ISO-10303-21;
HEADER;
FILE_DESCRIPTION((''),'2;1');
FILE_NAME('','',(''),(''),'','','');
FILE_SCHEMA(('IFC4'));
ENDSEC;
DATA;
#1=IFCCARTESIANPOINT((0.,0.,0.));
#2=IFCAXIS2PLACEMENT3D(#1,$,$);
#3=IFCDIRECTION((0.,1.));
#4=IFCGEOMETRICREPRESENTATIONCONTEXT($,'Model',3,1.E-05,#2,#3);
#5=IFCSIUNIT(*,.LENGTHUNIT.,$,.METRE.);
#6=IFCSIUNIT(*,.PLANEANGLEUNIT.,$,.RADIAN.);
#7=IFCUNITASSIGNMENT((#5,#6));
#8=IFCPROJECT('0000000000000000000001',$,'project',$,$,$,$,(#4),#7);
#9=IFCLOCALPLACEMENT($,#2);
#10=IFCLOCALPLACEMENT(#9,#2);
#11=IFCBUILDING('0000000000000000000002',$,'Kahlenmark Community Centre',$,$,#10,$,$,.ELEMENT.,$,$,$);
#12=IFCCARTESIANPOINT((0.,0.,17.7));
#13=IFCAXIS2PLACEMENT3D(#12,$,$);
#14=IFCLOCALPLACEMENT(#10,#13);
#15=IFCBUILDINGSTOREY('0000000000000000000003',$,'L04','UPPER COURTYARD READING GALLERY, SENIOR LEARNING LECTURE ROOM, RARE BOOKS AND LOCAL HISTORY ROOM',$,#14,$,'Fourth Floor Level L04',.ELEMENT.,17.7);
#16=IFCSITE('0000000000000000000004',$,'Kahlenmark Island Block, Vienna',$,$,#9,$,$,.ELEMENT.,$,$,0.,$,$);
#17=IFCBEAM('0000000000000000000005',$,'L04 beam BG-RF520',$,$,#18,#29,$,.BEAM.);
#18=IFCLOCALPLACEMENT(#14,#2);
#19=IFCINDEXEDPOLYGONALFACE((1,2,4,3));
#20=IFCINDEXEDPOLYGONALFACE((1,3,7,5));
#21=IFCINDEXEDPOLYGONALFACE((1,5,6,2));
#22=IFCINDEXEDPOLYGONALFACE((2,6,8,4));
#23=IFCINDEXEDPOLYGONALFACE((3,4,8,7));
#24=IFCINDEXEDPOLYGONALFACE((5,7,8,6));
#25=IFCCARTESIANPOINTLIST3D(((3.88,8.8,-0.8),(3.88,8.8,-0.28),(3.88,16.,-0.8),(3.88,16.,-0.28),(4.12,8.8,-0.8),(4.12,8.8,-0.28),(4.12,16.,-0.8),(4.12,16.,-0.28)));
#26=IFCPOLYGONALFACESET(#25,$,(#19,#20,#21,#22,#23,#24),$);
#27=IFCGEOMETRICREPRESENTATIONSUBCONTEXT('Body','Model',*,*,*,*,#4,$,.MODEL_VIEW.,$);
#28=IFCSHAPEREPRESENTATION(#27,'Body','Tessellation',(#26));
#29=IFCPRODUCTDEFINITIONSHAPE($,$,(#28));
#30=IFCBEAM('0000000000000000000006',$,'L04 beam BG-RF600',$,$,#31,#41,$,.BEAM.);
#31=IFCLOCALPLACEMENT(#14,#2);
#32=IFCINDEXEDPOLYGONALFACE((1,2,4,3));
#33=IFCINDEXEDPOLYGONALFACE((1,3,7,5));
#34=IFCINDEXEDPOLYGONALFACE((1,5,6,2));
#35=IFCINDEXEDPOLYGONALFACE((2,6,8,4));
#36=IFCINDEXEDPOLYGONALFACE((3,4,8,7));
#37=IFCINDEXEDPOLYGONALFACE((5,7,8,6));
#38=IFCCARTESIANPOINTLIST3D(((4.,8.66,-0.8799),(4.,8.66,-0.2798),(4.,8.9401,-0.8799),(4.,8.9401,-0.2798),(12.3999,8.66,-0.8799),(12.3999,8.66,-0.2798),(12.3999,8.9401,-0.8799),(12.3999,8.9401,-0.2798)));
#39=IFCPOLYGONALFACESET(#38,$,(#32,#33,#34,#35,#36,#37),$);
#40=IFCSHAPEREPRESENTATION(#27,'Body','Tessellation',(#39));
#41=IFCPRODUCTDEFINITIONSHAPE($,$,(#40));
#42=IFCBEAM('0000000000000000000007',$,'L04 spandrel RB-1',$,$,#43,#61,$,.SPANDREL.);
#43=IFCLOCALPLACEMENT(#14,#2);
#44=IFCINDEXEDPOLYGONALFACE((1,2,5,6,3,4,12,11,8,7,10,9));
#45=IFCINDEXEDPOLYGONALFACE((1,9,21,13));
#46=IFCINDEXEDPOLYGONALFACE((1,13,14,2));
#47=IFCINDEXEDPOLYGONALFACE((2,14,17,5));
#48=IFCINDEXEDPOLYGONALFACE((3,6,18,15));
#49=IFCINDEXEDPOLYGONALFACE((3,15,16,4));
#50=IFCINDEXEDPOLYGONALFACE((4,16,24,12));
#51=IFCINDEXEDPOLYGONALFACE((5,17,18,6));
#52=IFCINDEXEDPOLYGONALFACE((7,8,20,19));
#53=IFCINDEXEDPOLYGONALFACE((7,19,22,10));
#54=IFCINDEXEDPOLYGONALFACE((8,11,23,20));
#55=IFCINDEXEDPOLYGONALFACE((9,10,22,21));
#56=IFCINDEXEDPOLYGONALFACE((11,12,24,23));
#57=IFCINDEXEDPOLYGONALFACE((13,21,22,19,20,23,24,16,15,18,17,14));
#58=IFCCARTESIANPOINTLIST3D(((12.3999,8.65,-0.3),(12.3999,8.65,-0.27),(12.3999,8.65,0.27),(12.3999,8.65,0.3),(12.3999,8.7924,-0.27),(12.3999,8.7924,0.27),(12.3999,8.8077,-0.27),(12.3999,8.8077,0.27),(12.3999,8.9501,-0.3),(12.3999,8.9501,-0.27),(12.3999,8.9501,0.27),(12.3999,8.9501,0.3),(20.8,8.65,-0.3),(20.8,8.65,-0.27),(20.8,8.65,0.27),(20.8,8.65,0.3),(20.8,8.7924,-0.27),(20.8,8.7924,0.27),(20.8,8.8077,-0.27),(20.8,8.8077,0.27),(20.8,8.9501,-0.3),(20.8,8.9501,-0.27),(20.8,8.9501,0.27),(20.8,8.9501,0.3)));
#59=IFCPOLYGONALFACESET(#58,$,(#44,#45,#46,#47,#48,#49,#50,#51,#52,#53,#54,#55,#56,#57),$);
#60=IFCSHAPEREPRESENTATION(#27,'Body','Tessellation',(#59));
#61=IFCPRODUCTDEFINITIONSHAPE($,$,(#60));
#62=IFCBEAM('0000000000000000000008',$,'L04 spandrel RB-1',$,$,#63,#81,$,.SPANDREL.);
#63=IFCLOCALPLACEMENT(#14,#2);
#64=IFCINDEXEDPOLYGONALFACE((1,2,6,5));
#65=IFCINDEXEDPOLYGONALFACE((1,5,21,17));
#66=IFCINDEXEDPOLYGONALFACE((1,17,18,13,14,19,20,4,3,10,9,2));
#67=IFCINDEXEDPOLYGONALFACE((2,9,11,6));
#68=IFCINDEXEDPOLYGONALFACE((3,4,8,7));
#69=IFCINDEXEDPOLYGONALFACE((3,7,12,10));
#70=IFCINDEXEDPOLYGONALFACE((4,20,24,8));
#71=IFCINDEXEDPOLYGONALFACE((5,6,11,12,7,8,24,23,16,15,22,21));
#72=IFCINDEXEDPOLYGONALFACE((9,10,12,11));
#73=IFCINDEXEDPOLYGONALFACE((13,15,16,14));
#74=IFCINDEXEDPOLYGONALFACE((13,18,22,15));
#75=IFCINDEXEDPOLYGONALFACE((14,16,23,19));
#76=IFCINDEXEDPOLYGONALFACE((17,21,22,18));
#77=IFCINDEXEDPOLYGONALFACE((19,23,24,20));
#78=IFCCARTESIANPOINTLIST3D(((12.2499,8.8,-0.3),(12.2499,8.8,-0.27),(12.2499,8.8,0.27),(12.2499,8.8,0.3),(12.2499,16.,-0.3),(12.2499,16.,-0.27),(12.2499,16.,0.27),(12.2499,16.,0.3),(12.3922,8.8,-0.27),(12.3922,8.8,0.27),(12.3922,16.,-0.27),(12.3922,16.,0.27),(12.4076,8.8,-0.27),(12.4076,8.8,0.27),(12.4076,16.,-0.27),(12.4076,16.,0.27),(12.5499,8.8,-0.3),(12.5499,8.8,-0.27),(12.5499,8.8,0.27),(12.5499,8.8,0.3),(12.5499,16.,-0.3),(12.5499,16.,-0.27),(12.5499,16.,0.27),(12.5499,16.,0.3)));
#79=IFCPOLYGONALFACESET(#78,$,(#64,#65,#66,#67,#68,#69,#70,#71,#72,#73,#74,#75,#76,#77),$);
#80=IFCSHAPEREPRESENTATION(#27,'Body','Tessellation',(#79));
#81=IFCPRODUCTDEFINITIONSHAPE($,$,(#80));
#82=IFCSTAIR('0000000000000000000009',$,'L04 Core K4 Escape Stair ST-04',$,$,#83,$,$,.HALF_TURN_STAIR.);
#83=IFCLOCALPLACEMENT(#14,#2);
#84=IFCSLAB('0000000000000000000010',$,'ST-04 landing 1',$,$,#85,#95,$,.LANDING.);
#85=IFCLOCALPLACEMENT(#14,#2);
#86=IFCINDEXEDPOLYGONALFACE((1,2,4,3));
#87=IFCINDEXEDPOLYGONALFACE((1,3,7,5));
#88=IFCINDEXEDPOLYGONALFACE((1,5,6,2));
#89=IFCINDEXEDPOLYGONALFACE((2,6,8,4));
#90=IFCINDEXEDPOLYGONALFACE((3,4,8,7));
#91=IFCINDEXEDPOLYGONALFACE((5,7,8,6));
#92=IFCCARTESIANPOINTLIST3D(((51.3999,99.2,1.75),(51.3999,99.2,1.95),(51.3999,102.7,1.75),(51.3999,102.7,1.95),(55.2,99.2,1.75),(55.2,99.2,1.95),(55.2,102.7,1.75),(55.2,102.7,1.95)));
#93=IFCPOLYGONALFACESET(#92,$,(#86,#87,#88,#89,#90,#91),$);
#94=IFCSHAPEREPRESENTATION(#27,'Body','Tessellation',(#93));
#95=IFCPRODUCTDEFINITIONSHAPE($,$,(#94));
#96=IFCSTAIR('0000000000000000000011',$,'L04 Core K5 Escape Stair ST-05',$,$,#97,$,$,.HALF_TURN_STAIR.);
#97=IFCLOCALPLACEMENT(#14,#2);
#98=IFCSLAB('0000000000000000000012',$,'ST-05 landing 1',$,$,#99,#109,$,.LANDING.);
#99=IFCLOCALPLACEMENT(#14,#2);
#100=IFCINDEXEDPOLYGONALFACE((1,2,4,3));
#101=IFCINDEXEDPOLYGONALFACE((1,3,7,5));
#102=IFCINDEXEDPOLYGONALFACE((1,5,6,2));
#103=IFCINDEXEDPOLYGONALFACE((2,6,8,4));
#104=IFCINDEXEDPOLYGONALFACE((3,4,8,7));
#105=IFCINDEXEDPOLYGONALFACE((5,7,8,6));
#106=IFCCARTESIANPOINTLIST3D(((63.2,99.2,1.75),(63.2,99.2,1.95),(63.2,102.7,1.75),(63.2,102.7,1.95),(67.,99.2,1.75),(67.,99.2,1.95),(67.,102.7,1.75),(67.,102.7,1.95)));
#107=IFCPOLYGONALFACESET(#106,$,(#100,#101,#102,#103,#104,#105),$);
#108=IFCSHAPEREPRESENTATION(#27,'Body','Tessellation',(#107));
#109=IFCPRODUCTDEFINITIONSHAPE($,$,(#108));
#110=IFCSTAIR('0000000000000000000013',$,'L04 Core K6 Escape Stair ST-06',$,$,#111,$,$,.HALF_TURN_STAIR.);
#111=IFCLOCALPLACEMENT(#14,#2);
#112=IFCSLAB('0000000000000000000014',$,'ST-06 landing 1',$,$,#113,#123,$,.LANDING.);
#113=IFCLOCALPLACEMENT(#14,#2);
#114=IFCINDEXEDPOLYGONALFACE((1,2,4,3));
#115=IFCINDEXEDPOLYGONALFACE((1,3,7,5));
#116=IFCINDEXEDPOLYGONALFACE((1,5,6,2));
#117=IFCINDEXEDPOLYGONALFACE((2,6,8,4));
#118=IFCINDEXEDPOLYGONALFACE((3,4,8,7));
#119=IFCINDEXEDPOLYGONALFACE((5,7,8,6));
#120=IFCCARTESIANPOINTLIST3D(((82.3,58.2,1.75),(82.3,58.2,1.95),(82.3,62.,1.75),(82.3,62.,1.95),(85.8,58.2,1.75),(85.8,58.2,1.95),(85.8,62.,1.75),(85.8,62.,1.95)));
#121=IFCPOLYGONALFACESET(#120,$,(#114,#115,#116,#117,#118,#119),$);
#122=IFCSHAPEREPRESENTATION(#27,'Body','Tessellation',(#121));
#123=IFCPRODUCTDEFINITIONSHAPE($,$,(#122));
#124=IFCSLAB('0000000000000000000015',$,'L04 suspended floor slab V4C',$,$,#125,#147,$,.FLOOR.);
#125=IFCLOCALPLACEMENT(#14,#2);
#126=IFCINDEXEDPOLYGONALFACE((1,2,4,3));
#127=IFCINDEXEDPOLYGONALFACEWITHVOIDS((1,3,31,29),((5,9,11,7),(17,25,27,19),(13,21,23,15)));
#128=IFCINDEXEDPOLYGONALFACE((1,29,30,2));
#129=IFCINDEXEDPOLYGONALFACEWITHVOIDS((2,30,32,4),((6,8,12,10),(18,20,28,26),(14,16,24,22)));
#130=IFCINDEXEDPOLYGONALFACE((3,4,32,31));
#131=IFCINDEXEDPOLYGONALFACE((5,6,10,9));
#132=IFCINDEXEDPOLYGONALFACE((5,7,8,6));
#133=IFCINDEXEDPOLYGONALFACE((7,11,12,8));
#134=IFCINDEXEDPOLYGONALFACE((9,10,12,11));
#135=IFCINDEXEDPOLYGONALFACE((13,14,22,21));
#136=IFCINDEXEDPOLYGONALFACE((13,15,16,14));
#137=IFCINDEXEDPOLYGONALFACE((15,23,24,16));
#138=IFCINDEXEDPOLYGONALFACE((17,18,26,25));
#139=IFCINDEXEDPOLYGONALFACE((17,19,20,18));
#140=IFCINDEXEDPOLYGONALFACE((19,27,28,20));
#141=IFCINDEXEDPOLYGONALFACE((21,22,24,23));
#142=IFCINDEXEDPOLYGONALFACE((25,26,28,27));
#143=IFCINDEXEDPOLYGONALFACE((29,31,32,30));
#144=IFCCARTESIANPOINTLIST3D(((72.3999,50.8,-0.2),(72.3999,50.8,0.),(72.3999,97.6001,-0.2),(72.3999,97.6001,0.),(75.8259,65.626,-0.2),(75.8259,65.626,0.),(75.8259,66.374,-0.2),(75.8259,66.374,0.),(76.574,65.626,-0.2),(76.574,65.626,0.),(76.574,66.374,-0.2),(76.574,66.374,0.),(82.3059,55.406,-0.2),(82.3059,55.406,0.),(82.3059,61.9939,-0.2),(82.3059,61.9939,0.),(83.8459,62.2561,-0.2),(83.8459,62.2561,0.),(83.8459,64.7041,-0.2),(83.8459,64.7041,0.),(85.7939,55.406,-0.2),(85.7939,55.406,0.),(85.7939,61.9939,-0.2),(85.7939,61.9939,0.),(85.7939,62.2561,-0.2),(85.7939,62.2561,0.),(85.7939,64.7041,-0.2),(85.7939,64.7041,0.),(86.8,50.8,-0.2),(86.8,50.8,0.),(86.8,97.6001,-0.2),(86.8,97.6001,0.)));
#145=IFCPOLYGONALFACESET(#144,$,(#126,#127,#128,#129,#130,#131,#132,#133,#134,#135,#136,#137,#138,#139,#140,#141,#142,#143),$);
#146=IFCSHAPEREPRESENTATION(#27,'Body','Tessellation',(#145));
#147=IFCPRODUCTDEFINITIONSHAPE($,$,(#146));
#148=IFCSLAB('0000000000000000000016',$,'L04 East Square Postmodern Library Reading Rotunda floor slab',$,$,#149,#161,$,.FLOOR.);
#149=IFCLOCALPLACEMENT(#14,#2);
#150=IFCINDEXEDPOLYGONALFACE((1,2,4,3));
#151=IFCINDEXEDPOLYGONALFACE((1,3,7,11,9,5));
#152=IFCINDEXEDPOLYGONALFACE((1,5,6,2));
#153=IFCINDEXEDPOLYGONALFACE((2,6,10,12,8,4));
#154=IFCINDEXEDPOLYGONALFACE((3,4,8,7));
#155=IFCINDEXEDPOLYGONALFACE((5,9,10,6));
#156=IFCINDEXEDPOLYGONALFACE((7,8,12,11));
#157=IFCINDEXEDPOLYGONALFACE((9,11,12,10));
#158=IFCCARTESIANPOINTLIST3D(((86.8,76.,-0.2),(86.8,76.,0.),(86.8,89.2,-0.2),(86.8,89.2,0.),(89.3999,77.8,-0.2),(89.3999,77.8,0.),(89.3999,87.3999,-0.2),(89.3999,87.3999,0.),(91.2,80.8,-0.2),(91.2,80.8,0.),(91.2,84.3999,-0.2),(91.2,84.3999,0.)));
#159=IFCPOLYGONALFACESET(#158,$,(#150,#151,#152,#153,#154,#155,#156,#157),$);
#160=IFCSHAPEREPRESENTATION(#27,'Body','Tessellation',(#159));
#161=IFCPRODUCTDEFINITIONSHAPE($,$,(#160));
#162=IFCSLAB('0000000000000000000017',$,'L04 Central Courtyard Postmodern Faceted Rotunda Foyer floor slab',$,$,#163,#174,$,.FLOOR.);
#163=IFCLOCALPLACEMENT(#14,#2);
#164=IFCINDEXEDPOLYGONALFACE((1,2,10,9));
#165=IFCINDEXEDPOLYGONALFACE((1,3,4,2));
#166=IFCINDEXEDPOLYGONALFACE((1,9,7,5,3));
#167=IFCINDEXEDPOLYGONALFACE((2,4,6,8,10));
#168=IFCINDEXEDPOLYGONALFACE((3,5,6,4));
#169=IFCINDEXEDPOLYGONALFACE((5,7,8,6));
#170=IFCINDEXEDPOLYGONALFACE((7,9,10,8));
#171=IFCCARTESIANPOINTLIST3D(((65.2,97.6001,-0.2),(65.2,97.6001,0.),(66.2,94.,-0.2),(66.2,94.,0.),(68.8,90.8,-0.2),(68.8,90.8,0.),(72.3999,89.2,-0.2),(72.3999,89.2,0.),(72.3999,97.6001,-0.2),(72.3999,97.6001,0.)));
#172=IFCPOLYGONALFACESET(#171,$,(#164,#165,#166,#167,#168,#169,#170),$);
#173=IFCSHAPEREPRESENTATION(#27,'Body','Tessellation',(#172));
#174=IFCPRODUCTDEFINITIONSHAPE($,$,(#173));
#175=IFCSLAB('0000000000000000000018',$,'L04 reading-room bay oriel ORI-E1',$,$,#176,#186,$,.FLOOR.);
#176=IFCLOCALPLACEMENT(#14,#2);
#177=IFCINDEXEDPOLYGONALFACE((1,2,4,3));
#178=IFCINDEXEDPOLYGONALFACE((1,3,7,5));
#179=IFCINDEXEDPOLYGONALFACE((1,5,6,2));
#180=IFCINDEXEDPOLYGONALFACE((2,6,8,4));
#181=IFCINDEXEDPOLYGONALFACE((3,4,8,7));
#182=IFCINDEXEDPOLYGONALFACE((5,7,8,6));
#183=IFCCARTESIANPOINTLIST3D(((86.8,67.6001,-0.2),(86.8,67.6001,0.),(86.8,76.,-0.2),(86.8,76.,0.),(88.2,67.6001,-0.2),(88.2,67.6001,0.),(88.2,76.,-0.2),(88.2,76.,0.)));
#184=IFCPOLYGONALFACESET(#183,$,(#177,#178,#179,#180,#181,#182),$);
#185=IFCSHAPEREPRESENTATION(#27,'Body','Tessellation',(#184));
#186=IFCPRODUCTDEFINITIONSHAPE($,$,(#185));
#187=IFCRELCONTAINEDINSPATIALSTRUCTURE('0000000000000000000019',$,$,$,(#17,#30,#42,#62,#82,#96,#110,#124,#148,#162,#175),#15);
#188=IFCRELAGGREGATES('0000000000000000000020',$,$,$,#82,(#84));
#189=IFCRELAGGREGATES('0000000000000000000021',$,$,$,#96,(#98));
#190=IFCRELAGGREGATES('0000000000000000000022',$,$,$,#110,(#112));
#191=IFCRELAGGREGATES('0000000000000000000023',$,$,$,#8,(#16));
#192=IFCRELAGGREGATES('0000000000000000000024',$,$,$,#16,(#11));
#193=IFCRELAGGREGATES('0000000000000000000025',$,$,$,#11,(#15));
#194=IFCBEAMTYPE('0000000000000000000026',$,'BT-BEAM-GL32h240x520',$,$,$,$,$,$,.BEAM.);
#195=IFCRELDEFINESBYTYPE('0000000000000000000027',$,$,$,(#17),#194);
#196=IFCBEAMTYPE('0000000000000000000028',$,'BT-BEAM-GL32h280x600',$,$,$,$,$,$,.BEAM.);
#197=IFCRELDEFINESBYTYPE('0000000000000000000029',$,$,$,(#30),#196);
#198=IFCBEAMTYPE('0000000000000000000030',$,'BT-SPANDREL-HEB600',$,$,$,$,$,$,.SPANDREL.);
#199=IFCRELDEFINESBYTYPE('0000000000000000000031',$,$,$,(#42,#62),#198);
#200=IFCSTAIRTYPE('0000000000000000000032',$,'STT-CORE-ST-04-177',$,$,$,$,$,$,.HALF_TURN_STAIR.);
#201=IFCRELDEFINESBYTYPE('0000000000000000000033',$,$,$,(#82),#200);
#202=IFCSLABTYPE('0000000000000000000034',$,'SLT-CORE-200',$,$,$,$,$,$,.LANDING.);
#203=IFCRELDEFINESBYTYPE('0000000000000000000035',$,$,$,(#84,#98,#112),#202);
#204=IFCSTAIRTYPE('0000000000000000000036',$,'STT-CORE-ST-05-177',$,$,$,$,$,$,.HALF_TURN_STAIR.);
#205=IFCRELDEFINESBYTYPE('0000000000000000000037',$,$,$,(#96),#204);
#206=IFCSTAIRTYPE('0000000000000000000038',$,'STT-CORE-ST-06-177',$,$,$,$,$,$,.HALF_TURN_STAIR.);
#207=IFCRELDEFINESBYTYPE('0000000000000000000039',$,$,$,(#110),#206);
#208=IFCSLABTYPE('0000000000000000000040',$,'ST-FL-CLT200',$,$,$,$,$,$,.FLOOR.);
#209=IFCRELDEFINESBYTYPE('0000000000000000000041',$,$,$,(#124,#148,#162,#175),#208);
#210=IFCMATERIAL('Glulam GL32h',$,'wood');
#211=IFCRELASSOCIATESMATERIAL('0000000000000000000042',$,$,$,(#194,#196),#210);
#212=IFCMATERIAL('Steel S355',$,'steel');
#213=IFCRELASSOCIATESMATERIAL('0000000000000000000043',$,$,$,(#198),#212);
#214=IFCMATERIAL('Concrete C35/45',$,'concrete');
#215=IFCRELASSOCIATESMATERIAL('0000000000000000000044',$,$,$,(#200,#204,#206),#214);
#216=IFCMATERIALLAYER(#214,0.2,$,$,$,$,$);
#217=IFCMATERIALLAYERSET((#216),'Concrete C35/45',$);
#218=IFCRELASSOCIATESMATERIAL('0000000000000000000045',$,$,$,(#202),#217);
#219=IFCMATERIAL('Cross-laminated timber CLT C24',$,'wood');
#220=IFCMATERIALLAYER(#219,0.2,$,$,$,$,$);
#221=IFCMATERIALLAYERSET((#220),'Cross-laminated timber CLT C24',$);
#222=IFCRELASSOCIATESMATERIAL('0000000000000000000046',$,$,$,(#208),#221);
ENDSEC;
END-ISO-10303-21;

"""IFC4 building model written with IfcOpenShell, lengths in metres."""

from ifc_helpers import new_model, si_unit, direction, frame, origin, origin_2d, place, context, subcontext, project, spatial, polyline, rectangle, i_section, outline, extrude, material, layer, layer_set, material_profile, profile_set, type_object, element, aggregate, save


model = new_model("IFC4")

# Units and contexts
model_context = context("Model", 3, precision=1e-05, world=origin(), true_north=direction((0.0, 1.0)))
body_context = subcontext(model_context, "Body", "Model", "MODEL_VIEW")
ifc_project = project(units=[si_unit("LENGTHUNIT", "METRE"), si_unit("PLANEANGLEUNIT", "RADIAN")], contexts=[model_context])

# Site, building, storey
site_placement = place(None, origin())
site = spatial("IfcSite", under=ifc_project, at=site_placement, Name="Kahlenmark Island Block, Vienna", CompositionType="ELEMENT", RefElevation=0.0)
building_placement = place(site_placement, origin())
building = spatial("IfcBuilding", under=site, at=building_placement, Name="Kahlenmark Community Centre", CompositionType="ELEMENT")
storey_placement = place(building_placement, frame((0.0, 0.0, 17.7)))
storey = spatial("IfcBuildingStorey", under=building, at=storey_placement, Name="L04", Description="UPPER COURTYARD READING GALLERY, SENIOR LEARNING LECTURE ROOM, RARE BOOKS AND LOCAL HISTORY ROOM", LongName="Fourth Floor Level L04", CompositionType="ELEMENT", Elevation=17.7)

# Beams
ifc_material_1 = material(Name="Glulam GL32h", Category="wood")
ifc_material_profile_1 = material_profile(ifc_material_1, rectangle(XDim=0.24, YDim=0.52, at=origin_2d()), Name="GL32h 240x520")
ifc_profile_set_1 = profile_set([ifc_material_profile_1], Name="Glulam GL32h")
beam_type_1 = type_object("IfcBeamType", Name="BT-BEAM-GL32h240x520", PredefinedType="BEAM", material=ifc_profile_set_1)
beam_1_placement = place(storey_placement, frame((4.0, 8.8, -0.54), z_axis=(0.0, 1.0, 0.0), x_axis=(-1.0, 0.0, 0.0)))
element("IfcBeam", 1, at=beam_1_placement, inside=storey, type_object=beam_type_1, Name="L04 beam BG-RF520", PredefinedType="BEAM", context=body_context, shape_type="SweptSolid", body=[
    extrude(rectangle(XDim=0.24, YDim=0.52, at=origin_2d()), origin(), (0.0, 0.0, 1.0), 7.2),
])
ifc_material_profile_2 = material_profile(ifc_material_1, rectangle(XDim=0.28, YDim=0.6001, at=origin_2d()), Name="GL32h 280x600")
ifc_profile_set_2 = profile_set([ifc_material_profile_2], Name="Glulam GL32h")
beam_type_2 = type_object("IfcBeamType", Name="BT-BEAM-GL32h280x600", PredefinedType="BEAM", material=ifc_profile_set_2)
beam_2_placement = place(storey_placement, frame((4.0, 8.8, -0.5798), z_axis=(1.0, 0.0, 0.0), x_axis=(0.0, 1.0, 0.0)))
element("IfcBeam", 2, at=beam_2_placement, inside=storey, type_object=beam_type_2, Name="L04 beam BG-RF600", PredefinedType="BEAM", context=body_context, shape_type="SweptSolid", body=[
    extrude(rectangle(XDim=0.28, YDim=0.6001, at=origin_2d()), origin(), (0.0, 0.0, 1.0), 8.3999),
])
ifc_material_2 = material(Name="Steel S355", Category="steel")
ifc_material_profile_3 = material_profile(ifc_material_2, i_section(OverallWidth=0.3, OverallDepth=0.6001, WebThickness=0.0154, FlangeThickness=0.03, at=origin_2d()), Name="HEB 600")
ifc_profile_set_3 = profile_set([ifc_material_profile_3], Name="Steel S355")
beam_type_3 = type_object("IfcBeamType", Name="BT-SPANDREL-HEB600", PredefinedType="SPANDREL", material=ifc_profile_set_3)
beam_3_placement = place(storey_placement, frame((12.3999, 8.8, 0.0), z_axis=(1.0, 0.0, 0.0), x_axis=(0.0, 1.0, 0.0)))
element("IfcBeam", 3, at=beam_3_placement, inside=storey, type_object=beam_type_3, Name="L04 spandrel RB-1", PredefinedType="SPANDREL", context=body_context, shape_type="SweptSolid", body=[
    extrude(i_section(OverallWidth=0.3, OverallDepth=0.6001, WebThickness=0.0154, FlangeThickness=0.03, at=origin_2d()), origin(), (0.0, 0.0, 1.0), 8.4001),
])
beam_4_placement = place(storey_placement, frame((12.3999, 8.8, 0.0), z_axis=(0.0, 1.0, 0.0), x_axis=(-1.0, 0.0, 0.0)))
element("IfcBeam", 4, at=beam_4_placement, inside=storey, type_object=beam_type_3, Name="L04 spandrel RB-1", PredefinedType="SPANDREL", context=body_context, shape_type="SweptSolid", body=[
    extrude(i_section(OverallWidth=0.3, OverallDepth=0.6001, WebThickness=0.0154, FlangeThickness=0.03, at=origin_2d()), origin(), (0.0, 0.0, 1.0), 7.2),
])

# Stairs, slabs
ifc_material_3 = material(Name="Concrete C35/45", Category="concrete")
stair_type_1 = type_object("IfcStairType", Name="STT-CORE-ST-04-177", PredefinedType="HALF_TURN_STAIR", material=ifc_material_3)
stair_1_placement = place(storey_placement, origin())
stair_1 = element("IfcStair", 5, at=stair_1_placement, inside=storey, type_object=stair_type_1, Name="L04 Core K4 Escape Stair ST-04", PredefinedType="HALF_TURN_STAIR")
ifc_layer_1 = layer(ifc_material_3, 0.2)
ifc_layer_set_1 = layer_set([ifc_layer_1], Name="Concrete C35/45")
slab_type_1 = type_object("IfcSlabType", Name="SLT-CORE-200", PredefinedType="LANDING", material=ifc_layer_set_1)
slab_1_placement = place(storey_placement, frame((0.0, 0.0, 1.75)))
slab_1 = element("IfcSlab", 6, at=slab_1_placement, type_object=slab_type_1, Name="ST-04 landing 1", PredefinedType="LANDING", context=body_context, shape_type="SweptSolid", body=[
    extrude(outline(polyline([(51.3999, 99.2), (55.2, 99.2), (55.2, 102.7), (51.3999, 102.7), (51.3999, 99.2)])), origin(), (0.0, 0.0, 1.0), 0.2),
])
aggregate(stair_1, [slab_1])
stair_type_2 = type_object("IfcStairType", Name="STT-CORE-ST-05-177", PredefinedType="HALF_TURN_STAIR", material=ifc_material_3)
stair_2_placement = place(storey_placement, origin())
stair_2 = element("IfcStair", 7, at=stair_2_placement, inside=storey, type_object=stair_type_2, Name="L04 Core K5 Escape Stair ST-05", PredefinedType="HALF_TURN_STAIR")
slab_2_placement = place(storey_placement, frame((0.0, 0.0, 1.75)))
slab_2 = element("IfcSlab", 8, at=slab_2_placement, type_object=slab_type_1, Name="ST-05 landing 1", PredefinedType="LANDING", context=body_context, shape_type="SweptSolid", body=[
    extrude(outline(polyline([(63.2, 99.2), (67.0, 99.2), (67.0, 102.7), (63.2, 102.7), (63.2, 99.2)])), origin(), (0.0, 0.0, 1.0), 0.2),
])
aggregate(stair_2, [slab_2])
stair_type_3 = type_object("IfcStairType", Name="STT-CORE-ST-06-177", PredefinedType="HALF_TURN_STAIR", material=ifc_material_3)
stair_3_placement = place(storey_placement, origin())
stair_3 = element("IfcStair", 9, at=stair_3_placement, inside=storey, type_object=stair_type_3, Name="L04 Core K6 Escape Stair ST-06", PredefinedType="HALF_TURN_STAIR")
slab_3_placement = place(storey_placement, frame((0.0, 0.0, 1.75)))
slab_3 = element("IfcSlab", 10, at=slab_3_placement, type_object=slab_type_1, Name="ST-06 landing 1", PredefinedType="LANDING", context=body_context, shape_type="SweptSolid", body=[
    extrude(outline(polyline([(85.8, 58.2), (85.8, 62.0), (82.3, 62.0), (82.3, 58.2), (85.8, 58.2)])), origin(), (0.0, 0.0, 1.0), 0.2),
])
aggregate(stair_3, [slab_3])

# Slabs
ifc_material_4 = material(Name="Cross-laminated timber CLT C24", Category="wood")
ifc_layer_2 = layer(ifc_material_4, 0.2)
ifc_layer_set_2 = layer_set([ifc_layer_2], Name="Cross-laminated timber CLT C24")
slab_type_2 = type_object("IfcSlabType", Name="ST-FL-CLT200", PredefinedType="FLOOR", material=ifc_layer_set_2)
slab_4_placement = place(storey_placement, frame((0.0, 0.0, -0.2)))
element("IfcSlab", 11, at=slab_4_placement, inside=storey, type_object=slab_type_2, Name="L04 suspended floor slab V4C", PredefinedType="FLOOR", context=body_context, shape_type="SweptSolid", body=[
    extrude(outline(polyline([(72.3999, 50.8), (86.8, 50.8), (86.8, 97.6001), (72.3999, 97.6001), (72.3999, 50.8)]), holes=[polyline([(82.3059, 55.406), (85.7939, 55.406), (85.7939, 61.9939), (82.3059, 61.9939), (82.3059, 55.406)]), polyline([(83.8459, 62.2561), (85.7939, 62.2561), (85.7939, 64.7041), (83.8459, 64.7041), (83.8459, 62.2561)]), polyline([(75.8259, 65.626), (76.574, 65.626), (76.574, 66.374), (75.8259, 66.374), (75.8259, 65.626)])]), origin(), (0.0, 0.0, 1.0), 0.2),
])
slab_5_placement = place(storey_placement, frame((0.0, 0.0, -0.2)))
element("IfcSlab", 12, at=slab_5_placement, inside=storey, type_object=slab_type_2, Name="L04 East Square Postmodern Library Reading Rotunda floor slab", PredefinedType="FLOOR", context=body_context, shape_type="SweptSolid", body=[
    extrude(outline(polyline([(86.8, 76.0), (89.3999, 77.8), (91.2, 80.8), (91.2, 84.3999), (89.3999, 87.3999), (86.8, 89.2), (86.8, 76.0)])), origin(), (0.0, 0.0, 1.0), 0.2),
])
slab_6_placement = place(storey_placement, frame((0.0, 0.0, -0.2)))
element("IfcSlab", 13, at=slab_6_placement, inside=storey, type_object=slab_type_2, Name="L04 Central Courtyard Postmodern Faceted Rotunda Foyer floor slab", PredefinedType="FLOOR", context=body_context, shape_type="SweptSolid", body=[
    extrude(outline(polyline([(65.2, 97.6001), (66.2, 94.0), (68.8, 90.8), (72.3999, 89.2), (72.3999, 97.6001), (65.2, 97.6001)])), origin(), (0.0, 0.0, 1.0), 0.2),
])
slab_7_placement = place(storey_placement, frame((0.0, 0.0, -0.2)))
element("IfcSlab", 14, at=slab_7_placement, inside=storey, type_object=slab_type_2, Name="L04 reading-room bay oriel ORI-E1", PredefinedType="FLOOR", context=body_context, shape_type="SweptSolid", body=[
    extrude(outline(polyline([(86.8, 67.6001), (88.2, 67.6001), (88.2, 76.0), (86.8, 76.0), (86.8, 67.6001)])), origin(), (0.0, 0.0, 1.0), 0.2),
])

save(model, "model.ifc")
